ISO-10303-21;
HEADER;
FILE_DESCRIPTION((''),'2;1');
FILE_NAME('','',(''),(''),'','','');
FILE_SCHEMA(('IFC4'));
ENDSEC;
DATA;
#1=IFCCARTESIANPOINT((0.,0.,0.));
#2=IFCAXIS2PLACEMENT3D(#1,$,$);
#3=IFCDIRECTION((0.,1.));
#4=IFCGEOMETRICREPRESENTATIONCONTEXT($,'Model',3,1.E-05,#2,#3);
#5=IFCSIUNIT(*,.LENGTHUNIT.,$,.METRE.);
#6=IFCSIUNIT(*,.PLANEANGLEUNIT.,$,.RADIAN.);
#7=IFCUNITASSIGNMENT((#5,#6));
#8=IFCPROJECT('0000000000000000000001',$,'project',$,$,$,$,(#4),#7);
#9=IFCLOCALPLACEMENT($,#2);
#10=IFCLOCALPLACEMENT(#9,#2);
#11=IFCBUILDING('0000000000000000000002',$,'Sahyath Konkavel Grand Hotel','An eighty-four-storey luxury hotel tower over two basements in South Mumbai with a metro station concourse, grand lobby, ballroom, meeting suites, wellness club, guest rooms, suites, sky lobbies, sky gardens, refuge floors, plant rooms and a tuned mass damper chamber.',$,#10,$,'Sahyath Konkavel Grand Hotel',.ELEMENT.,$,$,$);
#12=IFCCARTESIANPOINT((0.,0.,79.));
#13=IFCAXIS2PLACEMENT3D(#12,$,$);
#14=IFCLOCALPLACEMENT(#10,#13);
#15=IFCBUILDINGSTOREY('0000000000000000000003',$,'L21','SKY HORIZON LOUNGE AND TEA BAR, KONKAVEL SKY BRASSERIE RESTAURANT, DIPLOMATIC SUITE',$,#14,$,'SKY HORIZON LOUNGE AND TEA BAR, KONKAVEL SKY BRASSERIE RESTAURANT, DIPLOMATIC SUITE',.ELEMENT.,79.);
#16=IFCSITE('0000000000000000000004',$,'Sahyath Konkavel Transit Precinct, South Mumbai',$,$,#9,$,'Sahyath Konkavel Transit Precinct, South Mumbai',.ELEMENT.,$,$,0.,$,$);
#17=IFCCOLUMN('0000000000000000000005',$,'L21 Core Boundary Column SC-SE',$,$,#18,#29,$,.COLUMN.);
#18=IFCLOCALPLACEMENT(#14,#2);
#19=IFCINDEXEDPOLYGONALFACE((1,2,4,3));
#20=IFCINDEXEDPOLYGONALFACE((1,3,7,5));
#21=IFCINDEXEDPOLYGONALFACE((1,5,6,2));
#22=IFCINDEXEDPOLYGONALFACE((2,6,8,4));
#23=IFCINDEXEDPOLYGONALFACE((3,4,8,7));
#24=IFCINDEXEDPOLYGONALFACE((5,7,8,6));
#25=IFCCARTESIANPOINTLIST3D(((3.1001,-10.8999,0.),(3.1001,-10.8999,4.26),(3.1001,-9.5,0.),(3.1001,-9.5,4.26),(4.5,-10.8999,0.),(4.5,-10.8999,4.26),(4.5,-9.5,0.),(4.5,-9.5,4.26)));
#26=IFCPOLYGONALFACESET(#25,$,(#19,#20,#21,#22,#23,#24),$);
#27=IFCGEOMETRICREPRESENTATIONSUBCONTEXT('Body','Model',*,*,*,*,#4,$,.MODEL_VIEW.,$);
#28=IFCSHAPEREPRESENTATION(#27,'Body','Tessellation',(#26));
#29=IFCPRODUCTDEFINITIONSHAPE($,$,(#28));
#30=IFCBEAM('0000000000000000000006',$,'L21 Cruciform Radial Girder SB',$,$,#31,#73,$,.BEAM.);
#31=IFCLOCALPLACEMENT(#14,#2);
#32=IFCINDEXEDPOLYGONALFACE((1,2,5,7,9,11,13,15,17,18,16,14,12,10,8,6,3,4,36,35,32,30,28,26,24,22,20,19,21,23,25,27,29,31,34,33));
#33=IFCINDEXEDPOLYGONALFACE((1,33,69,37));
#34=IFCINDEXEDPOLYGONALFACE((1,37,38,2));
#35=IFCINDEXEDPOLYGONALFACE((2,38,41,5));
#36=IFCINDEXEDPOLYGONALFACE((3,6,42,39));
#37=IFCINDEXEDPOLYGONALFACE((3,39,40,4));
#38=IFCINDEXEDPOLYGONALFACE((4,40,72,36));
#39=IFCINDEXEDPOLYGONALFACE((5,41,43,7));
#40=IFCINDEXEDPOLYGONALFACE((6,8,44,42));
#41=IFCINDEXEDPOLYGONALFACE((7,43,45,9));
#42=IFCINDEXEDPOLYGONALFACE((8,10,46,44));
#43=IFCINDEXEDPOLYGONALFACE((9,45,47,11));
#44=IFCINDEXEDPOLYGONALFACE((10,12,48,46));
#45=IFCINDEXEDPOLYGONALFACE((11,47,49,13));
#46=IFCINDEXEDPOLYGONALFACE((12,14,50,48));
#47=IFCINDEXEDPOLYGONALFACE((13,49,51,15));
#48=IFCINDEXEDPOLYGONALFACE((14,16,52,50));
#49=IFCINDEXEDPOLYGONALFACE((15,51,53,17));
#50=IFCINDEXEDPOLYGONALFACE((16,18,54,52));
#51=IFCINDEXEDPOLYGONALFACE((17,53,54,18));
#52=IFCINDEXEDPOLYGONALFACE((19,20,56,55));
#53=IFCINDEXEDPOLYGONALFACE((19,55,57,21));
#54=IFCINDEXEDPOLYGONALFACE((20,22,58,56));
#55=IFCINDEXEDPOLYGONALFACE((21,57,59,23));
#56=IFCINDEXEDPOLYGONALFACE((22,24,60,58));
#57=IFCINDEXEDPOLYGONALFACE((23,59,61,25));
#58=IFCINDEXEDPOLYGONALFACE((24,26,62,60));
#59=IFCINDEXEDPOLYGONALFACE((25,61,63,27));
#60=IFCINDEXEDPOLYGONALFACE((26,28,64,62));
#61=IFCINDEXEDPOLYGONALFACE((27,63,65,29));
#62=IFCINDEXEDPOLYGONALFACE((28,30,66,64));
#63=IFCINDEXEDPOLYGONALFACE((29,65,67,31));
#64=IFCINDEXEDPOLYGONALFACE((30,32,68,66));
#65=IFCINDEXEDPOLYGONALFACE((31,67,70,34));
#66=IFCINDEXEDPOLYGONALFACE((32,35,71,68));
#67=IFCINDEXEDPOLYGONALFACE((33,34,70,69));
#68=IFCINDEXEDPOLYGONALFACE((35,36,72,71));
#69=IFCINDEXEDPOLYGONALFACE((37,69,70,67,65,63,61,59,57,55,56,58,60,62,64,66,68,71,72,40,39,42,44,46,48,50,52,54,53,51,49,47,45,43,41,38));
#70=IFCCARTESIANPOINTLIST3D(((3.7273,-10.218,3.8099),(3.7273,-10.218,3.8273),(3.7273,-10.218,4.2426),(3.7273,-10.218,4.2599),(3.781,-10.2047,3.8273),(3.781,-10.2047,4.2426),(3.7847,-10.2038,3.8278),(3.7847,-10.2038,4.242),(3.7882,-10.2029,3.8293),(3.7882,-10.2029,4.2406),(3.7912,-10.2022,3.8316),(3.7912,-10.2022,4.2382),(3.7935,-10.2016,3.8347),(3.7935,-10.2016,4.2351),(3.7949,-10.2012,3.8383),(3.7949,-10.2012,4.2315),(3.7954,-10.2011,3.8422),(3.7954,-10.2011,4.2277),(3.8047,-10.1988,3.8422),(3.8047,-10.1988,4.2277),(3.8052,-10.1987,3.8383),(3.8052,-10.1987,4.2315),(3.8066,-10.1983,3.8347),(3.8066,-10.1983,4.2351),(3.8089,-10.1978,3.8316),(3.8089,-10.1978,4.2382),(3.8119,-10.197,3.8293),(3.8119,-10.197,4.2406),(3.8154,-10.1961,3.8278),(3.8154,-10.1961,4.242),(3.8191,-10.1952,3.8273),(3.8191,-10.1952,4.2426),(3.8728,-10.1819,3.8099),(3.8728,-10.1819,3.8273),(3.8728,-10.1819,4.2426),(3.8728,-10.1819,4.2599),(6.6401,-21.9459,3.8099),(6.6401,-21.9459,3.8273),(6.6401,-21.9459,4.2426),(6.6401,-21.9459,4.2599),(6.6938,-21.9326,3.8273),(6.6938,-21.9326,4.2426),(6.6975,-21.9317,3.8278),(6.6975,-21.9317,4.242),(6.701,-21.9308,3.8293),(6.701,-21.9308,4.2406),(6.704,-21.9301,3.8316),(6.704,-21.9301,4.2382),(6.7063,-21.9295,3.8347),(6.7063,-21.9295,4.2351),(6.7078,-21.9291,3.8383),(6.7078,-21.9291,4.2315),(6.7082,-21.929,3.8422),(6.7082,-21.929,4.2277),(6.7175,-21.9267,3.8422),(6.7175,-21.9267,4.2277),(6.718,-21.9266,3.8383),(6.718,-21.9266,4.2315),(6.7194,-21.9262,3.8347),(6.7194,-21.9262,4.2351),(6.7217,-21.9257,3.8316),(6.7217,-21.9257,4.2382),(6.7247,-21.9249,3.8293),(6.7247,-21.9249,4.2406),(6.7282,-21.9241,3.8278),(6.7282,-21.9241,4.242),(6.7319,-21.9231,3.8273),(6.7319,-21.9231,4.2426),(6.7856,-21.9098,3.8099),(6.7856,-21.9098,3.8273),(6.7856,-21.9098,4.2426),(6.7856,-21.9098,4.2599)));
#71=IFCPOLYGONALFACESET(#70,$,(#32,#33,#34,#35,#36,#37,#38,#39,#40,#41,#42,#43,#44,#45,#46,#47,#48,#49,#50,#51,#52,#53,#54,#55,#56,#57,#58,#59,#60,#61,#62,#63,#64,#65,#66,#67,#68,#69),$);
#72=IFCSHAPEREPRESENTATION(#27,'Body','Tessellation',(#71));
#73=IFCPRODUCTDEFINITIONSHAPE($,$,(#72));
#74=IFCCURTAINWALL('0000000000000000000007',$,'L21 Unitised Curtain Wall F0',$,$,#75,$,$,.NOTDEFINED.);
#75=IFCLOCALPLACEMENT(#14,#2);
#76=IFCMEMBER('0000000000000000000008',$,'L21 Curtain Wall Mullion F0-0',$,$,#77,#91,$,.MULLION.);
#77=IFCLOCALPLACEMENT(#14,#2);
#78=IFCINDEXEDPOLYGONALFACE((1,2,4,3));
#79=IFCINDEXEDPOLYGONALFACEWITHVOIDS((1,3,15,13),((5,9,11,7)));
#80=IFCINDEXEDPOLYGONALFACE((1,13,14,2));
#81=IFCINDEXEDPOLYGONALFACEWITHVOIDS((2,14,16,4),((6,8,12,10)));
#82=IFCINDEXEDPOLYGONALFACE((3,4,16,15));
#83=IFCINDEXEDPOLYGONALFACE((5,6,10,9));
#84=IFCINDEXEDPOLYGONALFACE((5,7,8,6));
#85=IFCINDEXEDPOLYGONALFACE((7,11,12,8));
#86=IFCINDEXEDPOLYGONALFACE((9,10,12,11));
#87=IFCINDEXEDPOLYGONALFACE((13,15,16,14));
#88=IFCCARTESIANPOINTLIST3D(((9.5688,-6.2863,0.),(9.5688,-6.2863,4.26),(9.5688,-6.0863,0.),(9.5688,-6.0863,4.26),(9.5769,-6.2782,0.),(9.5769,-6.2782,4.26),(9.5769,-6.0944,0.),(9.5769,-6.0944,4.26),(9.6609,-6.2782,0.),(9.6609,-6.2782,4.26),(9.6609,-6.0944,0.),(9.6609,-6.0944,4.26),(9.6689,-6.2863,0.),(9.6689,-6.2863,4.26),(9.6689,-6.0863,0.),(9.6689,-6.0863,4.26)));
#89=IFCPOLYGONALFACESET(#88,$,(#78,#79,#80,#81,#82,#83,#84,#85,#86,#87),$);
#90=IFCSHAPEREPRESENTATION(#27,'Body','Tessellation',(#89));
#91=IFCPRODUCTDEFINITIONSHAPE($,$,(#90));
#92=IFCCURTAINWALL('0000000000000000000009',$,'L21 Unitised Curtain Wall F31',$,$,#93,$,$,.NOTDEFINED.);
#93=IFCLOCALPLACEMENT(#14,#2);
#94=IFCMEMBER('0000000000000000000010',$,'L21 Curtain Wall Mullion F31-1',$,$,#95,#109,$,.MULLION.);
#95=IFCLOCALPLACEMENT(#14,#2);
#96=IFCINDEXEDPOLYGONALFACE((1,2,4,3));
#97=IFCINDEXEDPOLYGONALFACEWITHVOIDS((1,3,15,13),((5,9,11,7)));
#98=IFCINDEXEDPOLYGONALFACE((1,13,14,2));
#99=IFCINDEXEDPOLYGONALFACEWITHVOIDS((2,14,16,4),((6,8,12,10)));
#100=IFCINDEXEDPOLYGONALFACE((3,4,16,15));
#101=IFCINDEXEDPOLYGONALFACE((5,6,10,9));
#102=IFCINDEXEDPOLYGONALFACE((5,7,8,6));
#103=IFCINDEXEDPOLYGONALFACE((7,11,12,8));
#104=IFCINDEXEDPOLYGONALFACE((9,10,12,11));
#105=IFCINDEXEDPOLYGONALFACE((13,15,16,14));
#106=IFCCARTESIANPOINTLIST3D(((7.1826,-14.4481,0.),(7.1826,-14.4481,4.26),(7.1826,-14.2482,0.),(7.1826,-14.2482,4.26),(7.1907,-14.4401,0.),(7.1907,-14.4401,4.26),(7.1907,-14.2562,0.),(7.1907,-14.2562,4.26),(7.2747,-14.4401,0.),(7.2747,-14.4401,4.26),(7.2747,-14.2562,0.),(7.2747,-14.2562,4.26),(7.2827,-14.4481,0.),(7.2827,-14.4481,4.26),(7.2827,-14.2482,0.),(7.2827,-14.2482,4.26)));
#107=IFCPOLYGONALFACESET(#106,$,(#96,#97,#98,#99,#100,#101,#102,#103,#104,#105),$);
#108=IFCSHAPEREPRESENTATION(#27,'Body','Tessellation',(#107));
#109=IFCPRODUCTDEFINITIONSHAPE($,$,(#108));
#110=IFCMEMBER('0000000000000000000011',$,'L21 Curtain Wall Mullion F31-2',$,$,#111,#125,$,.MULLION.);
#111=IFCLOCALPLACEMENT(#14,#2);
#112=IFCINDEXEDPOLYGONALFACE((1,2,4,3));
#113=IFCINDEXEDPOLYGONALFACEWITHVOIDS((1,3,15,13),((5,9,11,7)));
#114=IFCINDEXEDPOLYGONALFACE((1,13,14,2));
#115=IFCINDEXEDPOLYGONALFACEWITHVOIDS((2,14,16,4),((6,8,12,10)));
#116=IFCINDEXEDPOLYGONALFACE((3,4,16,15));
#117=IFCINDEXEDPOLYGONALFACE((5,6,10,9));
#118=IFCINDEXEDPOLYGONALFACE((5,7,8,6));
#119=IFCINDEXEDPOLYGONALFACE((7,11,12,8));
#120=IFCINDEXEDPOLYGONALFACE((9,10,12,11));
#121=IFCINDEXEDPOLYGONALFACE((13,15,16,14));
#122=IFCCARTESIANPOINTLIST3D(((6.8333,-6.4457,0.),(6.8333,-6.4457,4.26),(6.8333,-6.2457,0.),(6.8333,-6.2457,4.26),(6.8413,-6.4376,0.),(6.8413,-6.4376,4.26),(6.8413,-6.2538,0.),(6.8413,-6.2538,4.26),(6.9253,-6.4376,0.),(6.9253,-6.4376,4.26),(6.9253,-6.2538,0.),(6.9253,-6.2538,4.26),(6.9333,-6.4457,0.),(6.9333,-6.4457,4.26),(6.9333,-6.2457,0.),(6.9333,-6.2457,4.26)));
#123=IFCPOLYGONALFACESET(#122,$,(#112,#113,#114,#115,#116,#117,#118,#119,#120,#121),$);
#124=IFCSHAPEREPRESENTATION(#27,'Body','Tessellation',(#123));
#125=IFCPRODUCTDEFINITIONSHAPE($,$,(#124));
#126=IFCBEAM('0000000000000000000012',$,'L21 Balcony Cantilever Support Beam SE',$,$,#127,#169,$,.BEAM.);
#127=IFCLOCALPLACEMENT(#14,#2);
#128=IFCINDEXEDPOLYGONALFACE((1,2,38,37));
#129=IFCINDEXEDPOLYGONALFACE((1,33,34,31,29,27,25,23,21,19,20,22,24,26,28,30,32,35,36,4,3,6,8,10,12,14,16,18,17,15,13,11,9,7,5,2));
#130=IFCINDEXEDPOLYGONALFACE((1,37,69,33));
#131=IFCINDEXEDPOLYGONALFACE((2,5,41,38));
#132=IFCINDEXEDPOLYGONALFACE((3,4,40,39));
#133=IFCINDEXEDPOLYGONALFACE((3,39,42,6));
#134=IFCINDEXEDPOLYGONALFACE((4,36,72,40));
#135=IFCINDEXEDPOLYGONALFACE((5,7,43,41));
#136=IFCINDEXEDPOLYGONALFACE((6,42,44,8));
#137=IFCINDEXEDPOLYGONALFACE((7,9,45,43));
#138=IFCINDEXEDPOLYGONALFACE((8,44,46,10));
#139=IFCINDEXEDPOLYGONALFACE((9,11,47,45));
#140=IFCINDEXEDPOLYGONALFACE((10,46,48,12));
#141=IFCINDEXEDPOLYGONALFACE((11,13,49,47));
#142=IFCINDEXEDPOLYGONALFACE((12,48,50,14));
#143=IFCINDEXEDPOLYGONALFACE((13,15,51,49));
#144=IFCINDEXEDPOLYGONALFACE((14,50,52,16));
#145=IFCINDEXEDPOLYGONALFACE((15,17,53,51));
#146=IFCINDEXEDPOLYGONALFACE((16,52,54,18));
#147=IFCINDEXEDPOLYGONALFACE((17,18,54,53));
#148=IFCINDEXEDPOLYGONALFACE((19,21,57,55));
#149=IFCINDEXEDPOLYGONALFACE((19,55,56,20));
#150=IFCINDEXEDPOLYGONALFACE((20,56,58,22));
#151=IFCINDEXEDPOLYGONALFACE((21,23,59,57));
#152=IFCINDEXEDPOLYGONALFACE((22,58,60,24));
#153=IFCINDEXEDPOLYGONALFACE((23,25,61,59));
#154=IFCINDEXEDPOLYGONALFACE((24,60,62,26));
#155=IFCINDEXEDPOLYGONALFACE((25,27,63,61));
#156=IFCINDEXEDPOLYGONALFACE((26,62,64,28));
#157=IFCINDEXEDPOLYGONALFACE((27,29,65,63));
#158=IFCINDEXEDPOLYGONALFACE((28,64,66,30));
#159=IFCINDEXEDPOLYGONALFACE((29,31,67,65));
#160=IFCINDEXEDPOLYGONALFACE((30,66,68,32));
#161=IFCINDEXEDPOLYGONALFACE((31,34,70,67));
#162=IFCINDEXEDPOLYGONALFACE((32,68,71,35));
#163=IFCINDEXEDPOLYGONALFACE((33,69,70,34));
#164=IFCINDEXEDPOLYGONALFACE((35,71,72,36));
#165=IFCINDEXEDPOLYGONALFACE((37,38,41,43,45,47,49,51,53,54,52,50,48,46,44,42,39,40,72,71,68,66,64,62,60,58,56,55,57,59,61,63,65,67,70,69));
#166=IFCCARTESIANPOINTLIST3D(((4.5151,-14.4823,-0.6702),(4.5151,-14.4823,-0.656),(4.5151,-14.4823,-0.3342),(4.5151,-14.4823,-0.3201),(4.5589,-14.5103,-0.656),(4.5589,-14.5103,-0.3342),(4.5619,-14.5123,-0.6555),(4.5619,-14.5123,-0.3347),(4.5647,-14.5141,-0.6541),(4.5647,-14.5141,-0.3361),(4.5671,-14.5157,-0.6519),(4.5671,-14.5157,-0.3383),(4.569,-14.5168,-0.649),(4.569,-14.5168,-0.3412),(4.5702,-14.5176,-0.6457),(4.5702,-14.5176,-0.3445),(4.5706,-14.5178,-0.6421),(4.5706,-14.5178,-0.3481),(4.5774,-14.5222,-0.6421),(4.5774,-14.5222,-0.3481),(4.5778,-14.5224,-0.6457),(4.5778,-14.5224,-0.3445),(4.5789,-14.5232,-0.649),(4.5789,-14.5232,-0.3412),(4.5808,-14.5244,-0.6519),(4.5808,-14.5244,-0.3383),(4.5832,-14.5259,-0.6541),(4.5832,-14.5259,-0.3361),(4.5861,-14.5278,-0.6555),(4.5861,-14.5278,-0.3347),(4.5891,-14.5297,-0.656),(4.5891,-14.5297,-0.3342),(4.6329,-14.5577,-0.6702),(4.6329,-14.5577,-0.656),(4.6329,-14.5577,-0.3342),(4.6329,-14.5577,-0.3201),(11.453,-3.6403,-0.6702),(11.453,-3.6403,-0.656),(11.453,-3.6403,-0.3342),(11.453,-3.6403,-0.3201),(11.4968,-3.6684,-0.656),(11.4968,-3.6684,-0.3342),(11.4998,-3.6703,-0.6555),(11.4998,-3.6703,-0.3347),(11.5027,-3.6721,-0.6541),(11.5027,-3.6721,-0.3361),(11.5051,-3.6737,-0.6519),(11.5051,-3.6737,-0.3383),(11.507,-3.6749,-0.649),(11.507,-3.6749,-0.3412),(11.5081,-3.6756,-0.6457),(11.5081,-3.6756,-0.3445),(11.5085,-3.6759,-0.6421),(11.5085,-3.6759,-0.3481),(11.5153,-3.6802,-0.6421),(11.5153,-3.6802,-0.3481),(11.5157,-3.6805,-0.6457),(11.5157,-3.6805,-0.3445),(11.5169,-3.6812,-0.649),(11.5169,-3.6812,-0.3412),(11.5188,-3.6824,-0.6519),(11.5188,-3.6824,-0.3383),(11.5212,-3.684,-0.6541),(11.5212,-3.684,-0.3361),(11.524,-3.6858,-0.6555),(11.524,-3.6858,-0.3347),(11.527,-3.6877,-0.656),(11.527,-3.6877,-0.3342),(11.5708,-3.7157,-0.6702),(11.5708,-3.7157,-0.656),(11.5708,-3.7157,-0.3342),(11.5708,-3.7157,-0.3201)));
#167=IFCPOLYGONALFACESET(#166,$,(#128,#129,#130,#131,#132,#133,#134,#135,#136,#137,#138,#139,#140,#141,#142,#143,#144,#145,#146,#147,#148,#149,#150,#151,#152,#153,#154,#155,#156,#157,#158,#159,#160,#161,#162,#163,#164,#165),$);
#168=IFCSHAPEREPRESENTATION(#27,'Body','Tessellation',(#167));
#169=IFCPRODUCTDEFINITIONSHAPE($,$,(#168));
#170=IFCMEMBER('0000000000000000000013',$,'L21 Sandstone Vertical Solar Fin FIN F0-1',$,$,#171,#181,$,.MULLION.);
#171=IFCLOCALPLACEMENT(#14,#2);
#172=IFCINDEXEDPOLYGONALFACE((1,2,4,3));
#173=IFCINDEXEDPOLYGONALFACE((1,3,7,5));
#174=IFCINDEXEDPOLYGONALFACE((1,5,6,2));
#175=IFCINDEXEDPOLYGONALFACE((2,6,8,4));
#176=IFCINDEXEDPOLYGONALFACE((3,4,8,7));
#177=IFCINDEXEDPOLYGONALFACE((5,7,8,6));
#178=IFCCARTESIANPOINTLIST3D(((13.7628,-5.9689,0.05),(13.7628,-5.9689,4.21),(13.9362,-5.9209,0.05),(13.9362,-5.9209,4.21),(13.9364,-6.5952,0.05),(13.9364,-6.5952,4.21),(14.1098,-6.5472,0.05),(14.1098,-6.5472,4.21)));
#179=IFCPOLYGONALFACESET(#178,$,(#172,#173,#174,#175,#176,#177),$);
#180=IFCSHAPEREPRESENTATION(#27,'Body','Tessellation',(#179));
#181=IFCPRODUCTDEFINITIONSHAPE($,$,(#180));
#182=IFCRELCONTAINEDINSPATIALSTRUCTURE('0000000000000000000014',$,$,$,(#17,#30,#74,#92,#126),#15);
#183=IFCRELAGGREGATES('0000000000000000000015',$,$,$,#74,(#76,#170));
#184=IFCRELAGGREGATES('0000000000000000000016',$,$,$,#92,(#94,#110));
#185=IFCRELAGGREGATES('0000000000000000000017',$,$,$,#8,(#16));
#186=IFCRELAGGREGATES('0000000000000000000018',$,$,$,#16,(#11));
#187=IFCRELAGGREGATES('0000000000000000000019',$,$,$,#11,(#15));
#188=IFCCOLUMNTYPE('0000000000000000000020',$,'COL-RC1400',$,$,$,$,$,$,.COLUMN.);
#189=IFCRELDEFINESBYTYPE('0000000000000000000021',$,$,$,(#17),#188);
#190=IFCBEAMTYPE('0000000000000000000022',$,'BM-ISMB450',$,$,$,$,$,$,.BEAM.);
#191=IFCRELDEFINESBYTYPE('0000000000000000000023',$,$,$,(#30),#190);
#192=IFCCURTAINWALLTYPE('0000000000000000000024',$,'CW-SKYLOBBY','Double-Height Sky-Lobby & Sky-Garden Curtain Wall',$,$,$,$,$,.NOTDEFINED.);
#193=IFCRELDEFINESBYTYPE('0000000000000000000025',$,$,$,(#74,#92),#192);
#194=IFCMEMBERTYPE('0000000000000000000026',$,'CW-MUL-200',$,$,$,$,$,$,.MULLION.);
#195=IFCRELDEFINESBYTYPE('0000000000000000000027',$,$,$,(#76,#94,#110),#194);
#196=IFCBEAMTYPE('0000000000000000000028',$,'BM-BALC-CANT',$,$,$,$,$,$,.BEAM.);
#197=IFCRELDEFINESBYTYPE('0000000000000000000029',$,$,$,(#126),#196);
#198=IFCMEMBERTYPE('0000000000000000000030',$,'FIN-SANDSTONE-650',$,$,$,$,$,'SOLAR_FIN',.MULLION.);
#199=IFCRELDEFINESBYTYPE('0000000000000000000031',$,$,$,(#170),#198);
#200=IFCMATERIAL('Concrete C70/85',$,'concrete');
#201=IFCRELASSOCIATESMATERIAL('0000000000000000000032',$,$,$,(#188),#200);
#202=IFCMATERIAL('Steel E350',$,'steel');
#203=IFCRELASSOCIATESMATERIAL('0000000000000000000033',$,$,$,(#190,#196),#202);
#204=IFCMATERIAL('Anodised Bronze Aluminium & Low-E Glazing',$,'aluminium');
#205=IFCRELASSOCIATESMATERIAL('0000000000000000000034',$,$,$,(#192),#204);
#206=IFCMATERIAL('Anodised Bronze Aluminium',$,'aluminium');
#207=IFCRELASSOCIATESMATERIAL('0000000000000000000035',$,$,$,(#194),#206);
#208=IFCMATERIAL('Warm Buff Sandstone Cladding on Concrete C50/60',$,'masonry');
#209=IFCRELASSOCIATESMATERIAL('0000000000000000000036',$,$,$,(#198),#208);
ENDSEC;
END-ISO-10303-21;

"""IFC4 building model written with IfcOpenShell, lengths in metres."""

from ifc_helpers import new_model, si_unit, direction, frame, origin, origin_2d, place, context, subcontext, project, spatial, rectangle, hollow_rectangle, i_section, extrude, source, transform, mapped, material, material_profile, profile_set, type_object, element, aggregate, save


model = new_model("IFC4")

# Units and contexts
model_context = context("Model", 3, precision=1e-05, world=origin(), true_north=direction((0.0, 1.0)))
body_context = subcontext(model_context, "Body", "Model", "MODEL_VIEW")
ifc_project = project(units=[si_unit("LENGTHUNIT", "METRE"), si_unit("PLANEANGLEUNIT", "RADIAN")], contexts=[model_context])

# Site, building, storey
site_placement = place(None, origin())
site = spatial("IfcSite", under=ifc_project, at=site_placement, Name="Sahyath Konkavel Transit Precinct, South Mumbai", LongName="Sahyath Konkavel Transit Precinct, South Mumbai", CompositionType="ELEMENT", RefElevation=0.0)
building_placement = place(site_placement, origin())
building = spatial("IfcBuilding", under=site, at=building_placement, Name="Sahyath Konkavel Grand Hotel", Description="An eighty-four-storey luxury hotel tower over two basements in South Mumbai with a metro station concourse, grand lobby, ballroom, meeting suites, wellness club, guest rooms, suites, sky lobbies, sky gardens, refuge floors, plant rooms and a tuned mass damper chamber.", LongName="Sahyath Konkavel Grand Hotel", CompositionType="ELEMENT")
storey_placement = place(building_placement, frame((0.0, 0.0, 79.0)))
storey = spatial("IfcBuildingStorey", under=building, at=storey_placement, Name="L21", Description="SKY HORIZON LOUNGE AND TEA BAR, KONKAVEL SKY BRASSERIE RESTAURANT, DIPLOMATIC SUITE", LongName="SKY HORIZON LOUNGE AND TEA BAR, KONKAVEL SKY BRASSERIE RESTAURANT, DIPLOMATIC SUITE", CompositionType="ELEMENT", Elevation=79.0)

# Column
ifc_material_1 = material(Name="Concrete C70/85", Category="concrete")
ifc_material_profile_1 = material_profile(ifc_material_1, rectangle(XDim=1.3999, YDim=1.3999, at=origin_2d()), Name="RC 1400x1400")
ifc_profile_set_1 = profile_set([ifc_material_profile_1], Name="Concrete C70/85")
column_type = type_object("IfcColumnType", Name="COL-RC1400", PredefinedType="COLUMN", material=ifc_profile_set_1)
shared_shape_1 = source(origin(), body_context, "Body", "SweptSolid", [
    extrude(rectangle(XDim=1.3999, YDim=1.3999, at=origin_2d()), origin(), (0.0, 0.0, 1.0), 4.26),
])
column_placement = place(storey_placement, frame((3.8, -10.2, 0.0), z_axis=(0.0, 0.0, 1.0), x_axis=(1.0, 0.0, 0.0)))
element("IfcColumn", 1, at=column_placement, inside=storey, type_object=column_type, Name="L21 Core Boundary Column SC-SE", PredefinedType="COLUMN", context=body_context, shape_type="MappedRepresentation", body=[
    mapped(shared_shape_1, transform((0.0, 0.0, 0.0), scale=1.0)),
])

# Beam
ifc_material_2 = material(Name="Steel E350", Category="steel")
ifc_material_profile_2 = material_profile(ifc_material_2, i_section(OverallWidth=0.1499, OverallDepth=0.45, WebThickness=0.0095, FlangeThickness=0.0173, FilletRadius=0.0149, at=origin_2d()), Name="ISMB 450")
ifc_profile_set_2 = profile_set([ifc_material_profile_2], Name="Steel E350")
beam_type_1 = type_object("IfcBeamType", Name="BM-ISMB450", PredefinedType="BEAM", material=ifc_profile_set_2)
shared_shape_2 = source(origin(), body_context, "Body", "SweptSolid", [
    extrude(i_section(OverallWidth=0.1499, OverallDepth=0.45, WebThickness=0.0095, FlangeThickness=0.0173, FilletRadius=0.0149, at=origin_2d()), origin(), (0.0, 0.0, 1.0), 12.0842),
])
beam_1_placement = place(storey_placement, frame((3.8, -10.2, 4.0349), z_axis=(0.241043, -0.970515, 0.0), x_axis=(0.970515, 0.241043, 0.0)))
element("IfcBeam", 2, at=beam_1_placement, inside=storey, type_object=beam_type_1, Name="L21 Cruciform Radial Girder SB", PredefinedType="BEAM", context=body_context, shape_type="MappedRepresentation", body=[
    mapped(shared_shape_2, transform((0.0, 0.0, 0.0), scale=1.0)),
])

# Curtain wall, member
ifc_material_3 = material(Name="Anodised Bronze Aluminium & Low-E Glazing", Category="aluminium")
curtain_wall_type = type_object("IfcCurtainWallType", Name="CW-SKYLOBBY", Description="Double-Height Sky-Lobby & Sky-Garden Curtain Wall", PredefinedType="NOTDEFINED", material=ifc_material_3)
curtain_wall_1_placement = place(storey_placement, origin())
curtain_wall_1 = element("IfcCurtainWall", 3, at=curtain_wall_1_placement, inside=storey, type_object=curtain_wall_type, Name="L21 Unitised Curtain Wall F0", PredefinedType="NOTDEFINED")
ifc_material_4 = material(Name="Anodised Bronze Aluminium", Category="aluminium")
ifc_material_profile_3 = material_profile(ifc_material_4, hollow_rectangle(XDim=0.1001, YDim=0.2, WallThickness=0.0081, at=origin_2d()), Name="RHS 200x100x8")
ifc_profile_set_3 = profile_set([ifc_material_profile_3], Name="Anodised Bronze Aluminium")
member_type_1 = type_object("IfcMemberType", Name="CW-MUL-200", PredefinedType="MULLION", material=ifc_profile_set_3)
shared_shape_3 = source(origin(), body_context, "Body", "SweptSolid", [
    extrude(hollow_rectangle(XDim=0.1001, YDim=0.2, WallThickness=0.0081, at=origin_2d()), origin(), (0.0, 0.0, 1.0), 4.26),
])
member_1_placement = place(storey_placement, frame((9.6189, -6.1863, 0.0), z_axis=(0.0, 0.0, 1.0), x_axis=(1.0, 0.0, 0.0)))
member_1 = element("IfcMember", 4, at=member_1_placement, type_object=member_type_1, Name="L21 Curtain Wall Mullion F0-0", PredefinedType="MULLION", context=body_context, shape_type="MappedRepresentation", body=[
    mapped(shared_shape_3, transform((0.0, 0.0, 0.0), scale=1.0)),
])

# Curtain wall, members
curtain_wall_2_placement = place(storey_placement, origin())
curtain_wall_2 = element("IfcCurtainWall", 5, at=curtain_wall_2_placement, inside=storey, type_object=curtain_wall_type, Name="L21 Unitised Curtain Wall F31", PredefinedType="NOTDEFINED")
member_2_placement = place(storey_placement, frame((7.2327, -14.3481, 0.0), z_axis=(0.0, 0.0, 1.0), x_axis=(1.0, 0.0, 0.0)))
member_2 = element("IfcMember", 6, at=member_2_placement, type_object=member_type_1, Name="L21 Curtain Wall Mullion F31-1", PredefinedType="MULLION", context=body_context, shape_type="MappedRepresentation", body=[
    mapped(shared_shape_3, transform((0.0, 0.0, 0.0), scale=1.0)),
])
member_3_placement = place(storey_placement, frame((6.8833, -6.3457, 0.0), z_axis=(0.0, 0.0, 1.0), x_axis=(1.0, 0.0, 0.0)))
member_3 = element("IfcMember", 7, at=member_3_placement, type_object=member_type_1, Name="L21 Curtain Wall Mullion F31-2", PredefinedType="MULLION", context=body_context, shape_type="MappedRepresentation", body=[
    mapped(shared_shape_3, transform((0.0, 0.0, 0.0), scale=1.0)),
])

# Beam
ifc_material_profile_4 = material_profile(ifc_material_2, i_section(OverallWidth=0.1399, OverallDepth=0.3501, WebThickness=0.0081, FlangeThickness=0.0142, FilletRadius=0.0139, at=origin_2d()), Name="ISMB 350")
ifc_profile_set_4 = profile_set([ifc_material_profile_4], Name="Steel E350")
beam_type_2 = type_object("IfcBeamType", Name="BM-BALC-CANT", PredefinedType="BEAM", material=ifc_profile_set_4)
shared_shape_4 = source(origin(), body_context, "Body", "SweptSolid", [
    extrude(i_section(OverallWidth=0.1399, OverallDepth=0.3501, WebThickness=0.0081, FlangeThickness=0.0142, FilletRadius=0.0139, at=origin_2d()), origin(), (0.0, 0.0, 1.0), 12.8718),
])
beam_2_placement = place(storey_placement, frame((4.574, -14.52, -0.4951), z_axis=(0.539003, 0.842304, 0.0), x_axis=(-0.842304, 0.539003, 0.0)))
element("IfcBeam", 8, at=beam_2_placement, inside=storey, type_object=beam_type_2, Name="L21 Balcony Cantilever Support Beam SE", PredefinedType="BEAM", context=body_context, shape_type="MappedRepresentation", body=[
    mapped(shared_shape_4, transform((0.0, 0.0, 0.0), scale=1.0)),
])

# Member
ifc_material_5 = material(Name="Warm Buff Sandstone Cladding on Concrete C50/60", Category="masonry")
ifc_material_profile_5 = material_profile(ifc_material_5, rectangle(XDim=0.1799, YDim=0.6499, at=origin_2d()), Name="FIN 180x650")
ifc_profile_set_5 = profile_set([ifc_material_profile_5], Name="Warm Buff Sandstone Cladding on Concrete C50/60")
member_type_2 = type_object("IfcMemberType", Name="FIN-SANDSTONE-650", ElementType="SOLAR_FIN", PredefinedType="MULLION", material=ifc_profile_set_5)
shared_shape_5 = source(origin(), body_context, "Body", "SweptSolid", [
    extrude(rectangle(XDim=0.1799, YDim=0.6499, at=origin_2d()), origin(), (0.0, 0.0, 1.0), 4.1599),
])
member_4_placement = place(storey_placement, frame((13.9363, -6.2581, 0.05), z_axis=(0.0, 0.0, 1.0), x_axis=(0.963677, 0.26707, 0.0)))
member_4 = element("IfcMember", 9, at=member_4_placement, type_object=member_type_2, Name="L21 Sandstone Vertical Solar Fin FIN F0-1", PredefinedType="MULLION", context=body_context, shape_type="MappedRepresentation", body=[
    mapped(shared_shape_5, transform((0.0, 0.0, 0.0), scale=1.0)),
])
aggregate(curtain_wall_1, [member_1, member_4])

aggregate(curtain_wall_2, [member_2, member_3])

save(model, "model.ifc")
